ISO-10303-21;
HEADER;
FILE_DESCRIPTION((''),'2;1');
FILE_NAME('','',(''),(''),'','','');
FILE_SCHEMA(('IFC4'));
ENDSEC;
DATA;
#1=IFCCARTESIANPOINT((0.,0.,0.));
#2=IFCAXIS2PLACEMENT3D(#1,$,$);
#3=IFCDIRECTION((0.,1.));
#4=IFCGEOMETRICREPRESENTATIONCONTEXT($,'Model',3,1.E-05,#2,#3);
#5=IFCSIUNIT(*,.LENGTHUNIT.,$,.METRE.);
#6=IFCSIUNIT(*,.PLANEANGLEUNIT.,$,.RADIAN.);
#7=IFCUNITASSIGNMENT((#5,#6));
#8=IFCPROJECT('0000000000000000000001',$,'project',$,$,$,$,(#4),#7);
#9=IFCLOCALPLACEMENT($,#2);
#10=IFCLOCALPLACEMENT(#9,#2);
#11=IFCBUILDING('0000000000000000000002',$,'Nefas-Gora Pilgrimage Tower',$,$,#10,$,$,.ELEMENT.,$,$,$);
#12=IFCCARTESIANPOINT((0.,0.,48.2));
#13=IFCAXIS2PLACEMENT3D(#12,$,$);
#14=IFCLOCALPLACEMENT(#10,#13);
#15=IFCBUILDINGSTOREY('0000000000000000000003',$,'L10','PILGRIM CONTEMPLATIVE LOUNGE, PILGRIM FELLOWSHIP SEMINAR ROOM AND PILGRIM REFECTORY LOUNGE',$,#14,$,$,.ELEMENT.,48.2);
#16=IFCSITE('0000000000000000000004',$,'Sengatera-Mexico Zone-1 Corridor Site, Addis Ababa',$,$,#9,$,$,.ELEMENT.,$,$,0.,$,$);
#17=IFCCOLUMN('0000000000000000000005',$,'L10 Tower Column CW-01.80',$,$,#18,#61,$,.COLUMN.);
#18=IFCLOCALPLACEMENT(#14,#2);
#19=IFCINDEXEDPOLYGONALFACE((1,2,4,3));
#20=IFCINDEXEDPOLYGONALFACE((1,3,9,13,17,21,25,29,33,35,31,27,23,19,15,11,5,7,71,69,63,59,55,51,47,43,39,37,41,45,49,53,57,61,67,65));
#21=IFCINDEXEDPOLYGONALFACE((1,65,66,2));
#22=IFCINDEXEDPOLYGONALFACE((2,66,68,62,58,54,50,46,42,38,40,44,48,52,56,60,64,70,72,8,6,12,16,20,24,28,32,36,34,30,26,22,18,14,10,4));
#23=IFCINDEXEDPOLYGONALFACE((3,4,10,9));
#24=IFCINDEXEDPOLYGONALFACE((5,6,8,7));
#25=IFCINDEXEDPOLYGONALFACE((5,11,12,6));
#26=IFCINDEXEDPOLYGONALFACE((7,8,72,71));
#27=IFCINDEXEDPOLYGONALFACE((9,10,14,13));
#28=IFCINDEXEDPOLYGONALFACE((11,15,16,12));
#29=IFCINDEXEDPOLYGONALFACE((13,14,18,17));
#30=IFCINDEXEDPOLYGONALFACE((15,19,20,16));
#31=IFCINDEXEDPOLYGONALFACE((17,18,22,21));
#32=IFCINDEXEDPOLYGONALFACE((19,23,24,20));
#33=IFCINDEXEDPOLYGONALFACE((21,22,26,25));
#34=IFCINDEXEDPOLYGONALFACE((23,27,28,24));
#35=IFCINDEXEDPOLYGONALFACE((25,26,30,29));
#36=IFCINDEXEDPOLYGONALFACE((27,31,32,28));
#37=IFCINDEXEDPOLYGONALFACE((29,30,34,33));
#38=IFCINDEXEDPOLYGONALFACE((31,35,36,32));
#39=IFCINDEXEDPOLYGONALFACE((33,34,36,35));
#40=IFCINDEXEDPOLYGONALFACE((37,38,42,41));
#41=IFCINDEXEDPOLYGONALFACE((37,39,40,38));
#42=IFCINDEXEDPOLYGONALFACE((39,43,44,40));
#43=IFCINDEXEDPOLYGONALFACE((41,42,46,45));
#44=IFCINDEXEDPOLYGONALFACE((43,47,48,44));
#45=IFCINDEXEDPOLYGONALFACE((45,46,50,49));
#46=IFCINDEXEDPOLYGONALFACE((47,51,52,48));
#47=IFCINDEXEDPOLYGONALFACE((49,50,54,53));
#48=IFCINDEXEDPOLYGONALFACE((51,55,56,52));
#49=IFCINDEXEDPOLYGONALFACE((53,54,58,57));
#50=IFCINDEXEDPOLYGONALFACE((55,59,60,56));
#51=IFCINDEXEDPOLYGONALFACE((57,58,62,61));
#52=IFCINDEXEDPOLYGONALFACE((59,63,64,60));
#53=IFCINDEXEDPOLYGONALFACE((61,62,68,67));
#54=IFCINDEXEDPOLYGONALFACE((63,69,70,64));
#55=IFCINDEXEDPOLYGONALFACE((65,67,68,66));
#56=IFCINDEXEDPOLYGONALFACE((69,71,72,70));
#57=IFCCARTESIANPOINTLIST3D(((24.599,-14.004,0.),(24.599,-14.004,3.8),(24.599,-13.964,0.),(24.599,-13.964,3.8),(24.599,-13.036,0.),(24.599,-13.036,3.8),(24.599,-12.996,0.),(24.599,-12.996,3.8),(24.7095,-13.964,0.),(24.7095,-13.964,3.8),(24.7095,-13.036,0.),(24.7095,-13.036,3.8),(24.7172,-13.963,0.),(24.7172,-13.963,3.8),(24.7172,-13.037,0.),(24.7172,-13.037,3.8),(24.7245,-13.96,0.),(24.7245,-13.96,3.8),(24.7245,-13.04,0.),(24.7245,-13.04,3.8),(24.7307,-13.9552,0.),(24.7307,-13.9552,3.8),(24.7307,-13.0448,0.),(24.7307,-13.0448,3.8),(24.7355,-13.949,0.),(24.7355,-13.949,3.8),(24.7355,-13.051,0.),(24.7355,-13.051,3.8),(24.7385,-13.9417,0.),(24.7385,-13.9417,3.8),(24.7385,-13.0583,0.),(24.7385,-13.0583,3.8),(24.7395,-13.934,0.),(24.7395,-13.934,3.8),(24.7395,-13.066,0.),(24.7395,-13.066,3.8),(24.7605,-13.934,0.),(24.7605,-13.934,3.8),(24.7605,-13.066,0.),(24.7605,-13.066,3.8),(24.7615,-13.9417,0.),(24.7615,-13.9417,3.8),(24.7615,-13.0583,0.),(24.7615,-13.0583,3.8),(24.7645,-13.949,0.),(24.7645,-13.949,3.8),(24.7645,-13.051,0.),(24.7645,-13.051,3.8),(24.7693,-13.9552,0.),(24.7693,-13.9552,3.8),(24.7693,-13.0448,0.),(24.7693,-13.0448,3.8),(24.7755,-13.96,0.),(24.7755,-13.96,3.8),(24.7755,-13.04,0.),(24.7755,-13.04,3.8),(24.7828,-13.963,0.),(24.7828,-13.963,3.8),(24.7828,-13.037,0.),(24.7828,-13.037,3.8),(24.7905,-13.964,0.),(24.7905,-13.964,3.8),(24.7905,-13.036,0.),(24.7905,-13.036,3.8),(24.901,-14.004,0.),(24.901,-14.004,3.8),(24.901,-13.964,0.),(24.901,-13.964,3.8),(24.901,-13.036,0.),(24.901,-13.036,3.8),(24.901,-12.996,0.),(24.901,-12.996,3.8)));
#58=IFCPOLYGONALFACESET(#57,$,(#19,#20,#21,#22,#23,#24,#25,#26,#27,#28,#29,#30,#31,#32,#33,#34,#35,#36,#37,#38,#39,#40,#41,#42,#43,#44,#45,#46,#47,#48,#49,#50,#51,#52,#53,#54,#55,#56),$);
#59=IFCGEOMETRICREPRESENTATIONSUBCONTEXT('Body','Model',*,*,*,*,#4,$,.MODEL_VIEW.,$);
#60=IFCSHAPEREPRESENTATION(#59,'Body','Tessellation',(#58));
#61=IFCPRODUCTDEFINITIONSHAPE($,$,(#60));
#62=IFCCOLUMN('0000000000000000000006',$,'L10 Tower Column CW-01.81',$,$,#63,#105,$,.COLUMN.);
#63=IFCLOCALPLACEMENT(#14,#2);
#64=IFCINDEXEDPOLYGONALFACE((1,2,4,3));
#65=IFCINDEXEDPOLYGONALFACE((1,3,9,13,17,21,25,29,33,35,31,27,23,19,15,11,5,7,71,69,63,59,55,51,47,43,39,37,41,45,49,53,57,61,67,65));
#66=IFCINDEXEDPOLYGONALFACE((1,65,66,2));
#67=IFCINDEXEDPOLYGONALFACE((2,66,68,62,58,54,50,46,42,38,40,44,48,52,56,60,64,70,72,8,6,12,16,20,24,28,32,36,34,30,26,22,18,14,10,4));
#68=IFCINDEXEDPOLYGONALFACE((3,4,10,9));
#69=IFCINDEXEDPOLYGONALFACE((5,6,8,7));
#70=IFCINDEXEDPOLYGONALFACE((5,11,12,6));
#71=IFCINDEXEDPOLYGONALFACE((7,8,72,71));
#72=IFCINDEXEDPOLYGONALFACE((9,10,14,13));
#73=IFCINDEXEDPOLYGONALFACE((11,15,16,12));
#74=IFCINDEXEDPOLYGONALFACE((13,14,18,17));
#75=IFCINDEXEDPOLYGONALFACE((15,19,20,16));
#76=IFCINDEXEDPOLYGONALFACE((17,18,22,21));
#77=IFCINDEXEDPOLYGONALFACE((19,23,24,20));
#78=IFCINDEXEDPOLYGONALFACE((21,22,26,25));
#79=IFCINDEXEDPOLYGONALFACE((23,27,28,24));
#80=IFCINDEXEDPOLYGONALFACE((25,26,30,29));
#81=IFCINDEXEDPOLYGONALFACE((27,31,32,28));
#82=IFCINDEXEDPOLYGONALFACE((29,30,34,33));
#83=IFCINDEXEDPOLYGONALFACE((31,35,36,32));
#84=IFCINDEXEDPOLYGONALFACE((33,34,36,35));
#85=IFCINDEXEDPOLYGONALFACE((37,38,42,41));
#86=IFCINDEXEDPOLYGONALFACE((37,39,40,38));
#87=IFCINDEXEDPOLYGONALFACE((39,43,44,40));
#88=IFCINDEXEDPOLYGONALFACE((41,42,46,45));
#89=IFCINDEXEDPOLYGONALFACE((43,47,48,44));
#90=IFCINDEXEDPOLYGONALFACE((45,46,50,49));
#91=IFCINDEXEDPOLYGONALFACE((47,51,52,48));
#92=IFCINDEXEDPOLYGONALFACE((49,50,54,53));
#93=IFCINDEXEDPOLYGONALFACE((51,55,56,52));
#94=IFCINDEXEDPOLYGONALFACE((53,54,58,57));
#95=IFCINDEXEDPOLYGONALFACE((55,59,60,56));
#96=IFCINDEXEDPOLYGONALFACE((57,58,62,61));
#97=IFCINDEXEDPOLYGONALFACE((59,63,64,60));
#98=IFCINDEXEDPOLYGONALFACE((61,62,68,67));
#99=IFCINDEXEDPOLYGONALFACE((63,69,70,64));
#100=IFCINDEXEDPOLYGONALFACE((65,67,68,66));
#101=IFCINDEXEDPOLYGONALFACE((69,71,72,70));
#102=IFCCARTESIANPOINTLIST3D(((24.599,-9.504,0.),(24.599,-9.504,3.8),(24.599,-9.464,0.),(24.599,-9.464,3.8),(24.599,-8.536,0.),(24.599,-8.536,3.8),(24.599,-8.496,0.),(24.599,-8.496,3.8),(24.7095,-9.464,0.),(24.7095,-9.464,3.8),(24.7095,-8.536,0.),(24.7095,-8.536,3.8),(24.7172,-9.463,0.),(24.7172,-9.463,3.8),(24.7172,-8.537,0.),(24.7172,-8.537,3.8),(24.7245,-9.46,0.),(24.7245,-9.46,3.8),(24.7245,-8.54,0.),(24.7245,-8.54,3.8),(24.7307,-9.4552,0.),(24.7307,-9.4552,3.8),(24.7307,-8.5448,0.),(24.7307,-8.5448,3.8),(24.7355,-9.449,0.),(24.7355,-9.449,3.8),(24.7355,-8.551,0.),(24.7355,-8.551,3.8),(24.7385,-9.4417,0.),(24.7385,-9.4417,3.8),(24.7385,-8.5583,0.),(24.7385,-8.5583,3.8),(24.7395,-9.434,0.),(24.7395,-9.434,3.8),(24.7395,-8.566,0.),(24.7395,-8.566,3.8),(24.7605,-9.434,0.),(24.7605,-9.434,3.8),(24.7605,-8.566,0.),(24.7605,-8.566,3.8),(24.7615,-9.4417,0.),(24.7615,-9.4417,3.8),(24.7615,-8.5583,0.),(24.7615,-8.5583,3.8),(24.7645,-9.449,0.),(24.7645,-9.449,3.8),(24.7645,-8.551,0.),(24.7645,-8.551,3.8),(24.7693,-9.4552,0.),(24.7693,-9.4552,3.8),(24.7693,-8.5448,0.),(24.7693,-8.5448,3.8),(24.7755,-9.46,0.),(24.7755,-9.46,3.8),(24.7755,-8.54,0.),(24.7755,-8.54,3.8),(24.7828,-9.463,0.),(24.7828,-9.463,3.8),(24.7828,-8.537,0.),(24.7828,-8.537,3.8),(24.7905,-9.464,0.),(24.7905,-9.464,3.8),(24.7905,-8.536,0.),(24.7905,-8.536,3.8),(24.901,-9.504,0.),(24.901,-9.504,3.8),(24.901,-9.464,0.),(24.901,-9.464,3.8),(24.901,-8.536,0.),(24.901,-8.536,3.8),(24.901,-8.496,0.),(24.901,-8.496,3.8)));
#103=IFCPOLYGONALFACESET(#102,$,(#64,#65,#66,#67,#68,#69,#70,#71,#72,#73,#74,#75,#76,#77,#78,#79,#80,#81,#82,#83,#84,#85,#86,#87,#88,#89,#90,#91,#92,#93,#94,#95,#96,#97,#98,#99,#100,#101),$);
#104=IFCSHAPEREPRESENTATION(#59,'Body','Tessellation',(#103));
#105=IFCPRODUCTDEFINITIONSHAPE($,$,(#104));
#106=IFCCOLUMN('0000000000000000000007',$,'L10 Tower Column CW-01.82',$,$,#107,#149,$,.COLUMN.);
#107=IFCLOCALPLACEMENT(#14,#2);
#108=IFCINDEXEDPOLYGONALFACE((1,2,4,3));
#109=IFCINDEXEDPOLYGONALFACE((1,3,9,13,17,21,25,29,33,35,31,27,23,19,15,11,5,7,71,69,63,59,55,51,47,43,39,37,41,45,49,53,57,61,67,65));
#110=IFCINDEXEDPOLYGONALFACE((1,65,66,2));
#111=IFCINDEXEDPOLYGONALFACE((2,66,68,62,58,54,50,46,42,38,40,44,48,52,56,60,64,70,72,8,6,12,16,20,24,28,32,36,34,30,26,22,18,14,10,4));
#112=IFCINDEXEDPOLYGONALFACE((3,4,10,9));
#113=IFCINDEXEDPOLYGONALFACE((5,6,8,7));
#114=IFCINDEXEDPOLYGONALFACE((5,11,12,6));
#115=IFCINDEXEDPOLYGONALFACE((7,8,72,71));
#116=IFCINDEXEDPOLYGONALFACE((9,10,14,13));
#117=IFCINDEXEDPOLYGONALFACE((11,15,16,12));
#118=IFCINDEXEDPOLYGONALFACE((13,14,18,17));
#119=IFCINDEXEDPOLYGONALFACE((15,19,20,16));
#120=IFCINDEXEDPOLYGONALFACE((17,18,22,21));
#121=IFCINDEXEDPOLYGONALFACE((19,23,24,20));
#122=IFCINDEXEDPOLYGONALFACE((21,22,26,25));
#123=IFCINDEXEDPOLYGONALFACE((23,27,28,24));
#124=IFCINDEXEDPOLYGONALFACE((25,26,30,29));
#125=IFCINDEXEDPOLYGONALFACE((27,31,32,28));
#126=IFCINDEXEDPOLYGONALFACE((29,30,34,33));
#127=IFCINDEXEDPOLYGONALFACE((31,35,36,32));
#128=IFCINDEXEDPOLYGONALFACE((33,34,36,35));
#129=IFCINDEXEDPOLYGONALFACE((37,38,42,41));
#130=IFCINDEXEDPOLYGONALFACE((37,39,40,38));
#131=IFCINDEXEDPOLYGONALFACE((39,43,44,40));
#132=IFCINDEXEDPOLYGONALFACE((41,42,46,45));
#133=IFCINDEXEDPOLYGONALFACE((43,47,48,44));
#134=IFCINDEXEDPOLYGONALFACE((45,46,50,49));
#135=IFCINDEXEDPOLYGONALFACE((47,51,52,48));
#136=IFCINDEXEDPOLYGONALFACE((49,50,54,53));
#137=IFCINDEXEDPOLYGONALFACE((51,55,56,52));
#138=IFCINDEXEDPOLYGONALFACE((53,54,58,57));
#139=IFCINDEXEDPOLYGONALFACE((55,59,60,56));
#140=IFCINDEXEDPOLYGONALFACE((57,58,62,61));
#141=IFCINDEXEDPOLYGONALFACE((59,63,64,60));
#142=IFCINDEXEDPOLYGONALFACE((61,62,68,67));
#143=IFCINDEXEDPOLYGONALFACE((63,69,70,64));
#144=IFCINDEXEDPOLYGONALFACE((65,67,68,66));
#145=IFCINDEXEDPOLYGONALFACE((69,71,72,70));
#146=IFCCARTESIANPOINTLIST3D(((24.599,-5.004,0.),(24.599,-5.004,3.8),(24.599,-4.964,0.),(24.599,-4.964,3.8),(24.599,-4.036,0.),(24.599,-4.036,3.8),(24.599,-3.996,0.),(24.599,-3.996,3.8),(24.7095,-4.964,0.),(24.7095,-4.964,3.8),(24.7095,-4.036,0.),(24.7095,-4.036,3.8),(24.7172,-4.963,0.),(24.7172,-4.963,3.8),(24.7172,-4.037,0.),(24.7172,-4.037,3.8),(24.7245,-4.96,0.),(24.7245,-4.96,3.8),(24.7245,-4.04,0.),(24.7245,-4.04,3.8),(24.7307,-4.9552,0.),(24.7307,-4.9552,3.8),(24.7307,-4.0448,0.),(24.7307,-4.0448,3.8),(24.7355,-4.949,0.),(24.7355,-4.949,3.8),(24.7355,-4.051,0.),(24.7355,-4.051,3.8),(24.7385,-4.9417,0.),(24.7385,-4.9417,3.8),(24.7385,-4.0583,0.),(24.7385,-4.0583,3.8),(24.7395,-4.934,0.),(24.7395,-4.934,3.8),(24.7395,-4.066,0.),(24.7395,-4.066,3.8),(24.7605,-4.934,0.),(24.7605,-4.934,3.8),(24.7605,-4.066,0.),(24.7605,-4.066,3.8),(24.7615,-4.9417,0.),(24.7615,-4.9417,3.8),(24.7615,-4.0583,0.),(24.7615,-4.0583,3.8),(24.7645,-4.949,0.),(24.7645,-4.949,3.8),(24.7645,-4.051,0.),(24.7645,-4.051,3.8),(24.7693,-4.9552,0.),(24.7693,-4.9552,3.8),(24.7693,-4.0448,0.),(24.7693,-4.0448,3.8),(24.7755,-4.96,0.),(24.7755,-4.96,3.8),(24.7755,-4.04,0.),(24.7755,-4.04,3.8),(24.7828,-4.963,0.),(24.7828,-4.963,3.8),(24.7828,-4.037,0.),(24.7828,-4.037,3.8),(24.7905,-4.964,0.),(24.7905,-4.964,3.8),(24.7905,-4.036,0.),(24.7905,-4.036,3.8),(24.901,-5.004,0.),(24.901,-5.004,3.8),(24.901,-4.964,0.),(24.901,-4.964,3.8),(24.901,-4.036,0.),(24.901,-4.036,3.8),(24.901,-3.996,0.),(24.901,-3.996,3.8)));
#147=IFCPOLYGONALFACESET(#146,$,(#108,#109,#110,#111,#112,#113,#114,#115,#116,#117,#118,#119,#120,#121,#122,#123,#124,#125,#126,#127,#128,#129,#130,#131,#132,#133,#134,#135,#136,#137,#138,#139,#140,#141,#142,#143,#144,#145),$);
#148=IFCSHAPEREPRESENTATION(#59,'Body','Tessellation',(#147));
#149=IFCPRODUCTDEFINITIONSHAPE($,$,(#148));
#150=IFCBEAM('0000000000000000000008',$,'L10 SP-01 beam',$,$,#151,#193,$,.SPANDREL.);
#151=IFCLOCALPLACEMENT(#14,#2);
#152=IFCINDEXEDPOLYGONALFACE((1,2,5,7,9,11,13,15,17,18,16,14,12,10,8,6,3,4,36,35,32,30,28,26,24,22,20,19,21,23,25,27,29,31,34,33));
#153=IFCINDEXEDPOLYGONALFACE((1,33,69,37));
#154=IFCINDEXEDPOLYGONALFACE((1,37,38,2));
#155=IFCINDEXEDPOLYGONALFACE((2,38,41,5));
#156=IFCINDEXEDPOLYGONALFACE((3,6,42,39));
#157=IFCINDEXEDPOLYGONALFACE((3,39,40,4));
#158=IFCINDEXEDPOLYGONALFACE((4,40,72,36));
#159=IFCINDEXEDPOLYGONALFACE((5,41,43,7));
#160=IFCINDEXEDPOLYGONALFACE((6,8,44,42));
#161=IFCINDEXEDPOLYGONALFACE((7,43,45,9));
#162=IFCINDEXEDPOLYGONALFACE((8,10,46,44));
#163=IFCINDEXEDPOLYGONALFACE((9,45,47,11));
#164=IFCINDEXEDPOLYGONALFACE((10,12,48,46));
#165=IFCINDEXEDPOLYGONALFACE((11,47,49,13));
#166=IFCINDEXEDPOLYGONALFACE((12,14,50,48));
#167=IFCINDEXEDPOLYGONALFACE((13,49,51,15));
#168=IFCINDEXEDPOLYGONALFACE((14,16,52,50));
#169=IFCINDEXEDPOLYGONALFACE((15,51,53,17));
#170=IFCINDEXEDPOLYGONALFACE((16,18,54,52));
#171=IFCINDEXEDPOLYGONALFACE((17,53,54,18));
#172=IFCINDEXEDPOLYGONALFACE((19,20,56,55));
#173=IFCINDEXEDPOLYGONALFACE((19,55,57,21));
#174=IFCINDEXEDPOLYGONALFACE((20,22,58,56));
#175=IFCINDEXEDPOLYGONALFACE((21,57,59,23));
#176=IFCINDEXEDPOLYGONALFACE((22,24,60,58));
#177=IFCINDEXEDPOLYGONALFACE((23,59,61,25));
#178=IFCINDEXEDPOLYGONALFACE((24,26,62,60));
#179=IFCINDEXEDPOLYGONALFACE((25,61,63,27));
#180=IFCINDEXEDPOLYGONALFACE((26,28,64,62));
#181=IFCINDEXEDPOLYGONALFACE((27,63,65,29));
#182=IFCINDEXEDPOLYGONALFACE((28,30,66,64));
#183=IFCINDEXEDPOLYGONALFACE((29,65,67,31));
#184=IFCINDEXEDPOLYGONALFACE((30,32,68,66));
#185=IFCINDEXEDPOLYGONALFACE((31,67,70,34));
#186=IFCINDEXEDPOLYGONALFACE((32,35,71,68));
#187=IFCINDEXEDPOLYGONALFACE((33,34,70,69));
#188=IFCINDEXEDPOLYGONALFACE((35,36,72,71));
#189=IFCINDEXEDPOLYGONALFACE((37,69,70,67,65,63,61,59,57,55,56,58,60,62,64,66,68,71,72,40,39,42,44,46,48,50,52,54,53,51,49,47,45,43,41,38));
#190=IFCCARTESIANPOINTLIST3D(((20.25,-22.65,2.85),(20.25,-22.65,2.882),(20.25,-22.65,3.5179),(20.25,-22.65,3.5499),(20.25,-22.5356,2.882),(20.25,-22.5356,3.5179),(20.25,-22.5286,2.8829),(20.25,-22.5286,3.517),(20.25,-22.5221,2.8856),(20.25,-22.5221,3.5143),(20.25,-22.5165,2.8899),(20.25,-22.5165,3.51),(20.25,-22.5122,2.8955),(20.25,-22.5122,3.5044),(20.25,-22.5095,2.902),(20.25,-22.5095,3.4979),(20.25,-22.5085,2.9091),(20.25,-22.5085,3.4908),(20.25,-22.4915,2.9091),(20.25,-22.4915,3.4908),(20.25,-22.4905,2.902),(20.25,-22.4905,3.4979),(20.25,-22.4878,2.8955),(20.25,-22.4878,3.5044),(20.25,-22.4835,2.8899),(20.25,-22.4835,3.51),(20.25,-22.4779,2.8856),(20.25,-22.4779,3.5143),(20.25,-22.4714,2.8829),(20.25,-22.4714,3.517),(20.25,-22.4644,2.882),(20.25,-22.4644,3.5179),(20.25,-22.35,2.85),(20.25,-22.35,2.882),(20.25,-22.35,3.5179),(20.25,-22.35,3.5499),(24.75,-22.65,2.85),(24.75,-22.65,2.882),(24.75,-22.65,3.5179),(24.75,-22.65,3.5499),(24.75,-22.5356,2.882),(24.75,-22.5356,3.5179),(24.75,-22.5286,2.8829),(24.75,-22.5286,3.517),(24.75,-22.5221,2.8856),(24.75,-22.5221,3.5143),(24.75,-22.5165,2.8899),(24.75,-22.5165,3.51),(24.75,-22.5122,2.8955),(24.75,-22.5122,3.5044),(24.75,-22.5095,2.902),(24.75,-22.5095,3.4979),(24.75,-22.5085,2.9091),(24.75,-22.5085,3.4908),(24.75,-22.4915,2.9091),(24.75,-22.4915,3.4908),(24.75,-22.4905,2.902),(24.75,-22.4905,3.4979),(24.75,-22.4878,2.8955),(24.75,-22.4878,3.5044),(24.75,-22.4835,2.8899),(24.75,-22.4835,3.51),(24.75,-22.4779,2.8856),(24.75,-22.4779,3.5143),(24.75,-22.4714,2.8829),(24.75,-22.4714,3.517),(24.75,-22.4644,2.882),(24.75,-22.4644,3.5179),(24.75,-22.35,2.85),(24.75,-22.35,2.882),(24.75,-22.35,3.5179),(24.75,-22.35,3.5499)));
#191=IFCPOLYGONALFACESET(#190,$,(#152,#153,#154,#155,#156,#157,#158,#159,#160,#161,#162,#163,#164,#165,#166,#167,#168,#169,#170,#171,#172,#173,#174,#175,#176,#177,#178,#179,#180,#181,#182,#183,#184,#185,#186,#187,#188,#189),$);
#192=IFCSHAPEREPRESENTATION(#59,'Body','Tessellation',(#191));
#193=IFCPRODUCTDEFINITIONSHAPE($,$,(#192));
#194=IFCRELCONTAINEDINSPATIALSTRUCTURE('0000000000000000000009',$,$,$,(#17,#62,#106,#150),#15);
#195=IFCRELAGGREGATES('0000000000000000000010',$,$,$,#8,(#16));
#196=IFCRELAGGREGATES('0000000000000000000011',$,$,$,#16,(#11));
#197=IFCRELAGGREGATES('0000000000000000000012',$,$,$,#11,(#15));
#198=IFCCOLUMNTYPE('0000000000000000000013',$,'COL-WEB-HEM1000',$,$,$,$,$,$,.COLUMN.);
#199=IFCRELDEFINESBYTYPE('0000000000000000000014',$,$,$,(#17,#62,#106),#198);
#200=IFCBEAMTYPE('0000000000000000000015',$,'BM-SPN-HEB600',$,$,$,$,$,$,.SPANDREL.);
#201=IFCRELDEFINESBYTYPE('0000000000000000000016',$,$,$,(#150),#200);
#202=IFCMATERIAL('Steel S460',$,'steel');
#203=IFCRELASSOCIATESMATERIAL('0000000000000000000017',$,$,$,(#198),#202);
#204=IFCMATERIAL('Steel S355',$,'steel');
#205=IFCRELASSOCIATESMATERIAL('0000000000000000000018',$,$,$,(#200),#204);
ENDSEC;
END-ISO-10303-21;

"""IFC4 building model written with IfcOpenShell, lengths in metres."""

from ifc_helpers import new_model, si_unit, direction, frame, origin, origin_2d, place, context, subcontext, project, spatial, i_section, extrude, source, transform, mapped, material, material_profile, profile_set, type_object, element, save


model = new_model("IFC4")

# Units and contexts
model_context = context("Model", 3, precision=1e-05, world=origin(), true_north=direction((0.0, 1.0)))
body_context = subcontext(model_context, "Body", "Model", "MODEL_VIEW")
ifc_project = project(units=[si_unit("LENGTHUNIT", "METRE"), si_unit("PLANEANGLEUNIT", "RADIAN")], contexts=[model_context])

# Site, building, storey
site_placement = place(None, origin())
site = spatial("IfcSite", under=ifc_project, at=site_placement, Name="Sengatera-Mexico Zone-1 Corridor Site, Addis Ababa", CompositionType="ELEMENT", RefElevation=0.0)
building_placement = place(site_placement, origin())
building = spatial("IfcBuilding", under=site, at=building_placement, Name="Nefas-Gora Pilgrimage Tower", CompositionType="ELEMENT")
storey_placement = place(building_placement, frame((0.0, 0.0, 48.2)))
storey = spatial("IfcBuildingStorey", under=building, at=storey_placement, Name="L10", Description="PILGRIM CONTEMPLATIVE LOUNGE, PILGRIM FELLOWSHIP SEMINAR ROOM AND PILGRIM REFECTORY LOUNGE", CompositionType="ELEMENT", Elevation=48.2)

# Columns
ifc_material_1 = material(Name="Steel S460", Category="steel")
ifc_material_profile_1 = material_profile(ifc_material_1, i_section(OverallWidth=0.302, OverallDepth=1.0081, WebThickness=0.021, FlangeThickness=0.04, FilletRadius=0.03, at=origin_2d()), Name="HEM 1000")
ifc_profile_set_1 = profile_set([ifc_material_profile_1], Name="Steel S460")
column_type_1 = type_object("IfcColumnType", Name="COL-WEB-HEM1000", PredefinedType="COLUMN", material=ifc_profile_set_1)
shared_shape_1 = source(origin(), body_context, "Body", "SweptSolid", [
    extrude(i_section(OverallWidth=0.302, OverallDepth=1.0081, WebThickness=0.021, FlangeThickness=0.04, FilletRadius=0.03, at=origin_2d()), origin(), (0.0, 0.0, 1.0), 3.8),
])
for number, where, z_axis, x_axis, name in (
    (1, (24.75, -13.5, 0.0), (0.0, 0.0, 1.0), (1.0, 0.0, 0.0), "L10 Tower Column CW-01.80"),
    (2, (24.75, -9.0, 0.0), (0.0, 0.0, 1.0), (1.0, 0.0, 0.0), "L10 Tower Column CW-01.81"),
    (3, (24.75, -4.5, 0.0), (0.0, 0.0, 1.0), (1.0, 0.0, 0.0), "L10 Tower Column CW-01.82"),
):
    element("IfcColumn", number, at=place(storey_placement, frame(where, z_axis=z_axis, x_axis=x_axis)), inside=storey, type_object=column_type_1, Name=name, PredefinedType="COLUMN", context=body_context, shape_type="MappedRepresentation", body=[
        mapped(shared_shape_1, transform((0.0, 0.0, 0.0), x_axis=(1.0, 0.0, 0.0), y_axis=(0.0, 1.0, 0.0), z_axis=(0.0, 0.0, 1.0), scale=1.0)),
    ])

# Beam
ifc_material_2 = material(Name="Steel S355", Category="steel")
ifc_material_profile_2 = material_profile(ifc_material_2, i_section(OverallWidth=0.3, OverallDepth=0.7, WebThickness=0.0171, FlangeThickness=0.032, FilletRadius=0.0271, at=origin_2d()), Name="HEB 700")
ifc_profile_set_2 = profile_set([ifc_material_profile_2], Name="Steel S355")
beam_type_1 = type_object("IfcBeamType", Name="BM-SPN-HEB600", PredefinedType="SPANDREL", material=ifc_profile_set_2)
shared_shape_2 = source(origin(), body_context, "Body", "SweptSolid", [
    extrude(i_section(OverallWidth=0.3, OverallDepth=0.7, WebThickness=0.0171, FlangeThickness=0.032, FilletRadius=0.0271, at=origin_2d()), origin(), (0.0, 0.0, 1.0), 4.5),
])
for number, where, z_axis, x_axis, name in (
    (4, (20.25, -22.5, 3.2), (1.0, 0.0, 0.0), (0.0, 1.0, 0.0), "L10 SP-01 beam"),
):
    element("IfcBeam", number, at=place(storey_placement, frame(where, z_axis=z_axis, x_axis=x_axis)), inside=storey, type_object=beam_type_1, Name=name, PredefinedType="SPANDREL", context=body_context, shape_type="MappedRepresentation", body=[
        mapped(shared_shape_2, transform((0.0, 0.0, 0.0), x_axis=(1.0, 0.0, 0.0), y_axis=(0.0, 1.0, 0.0), z_axis=(0.0, 0.0, 1.0), scale=1.0)),
    ])

save(model, "model.ifc")
